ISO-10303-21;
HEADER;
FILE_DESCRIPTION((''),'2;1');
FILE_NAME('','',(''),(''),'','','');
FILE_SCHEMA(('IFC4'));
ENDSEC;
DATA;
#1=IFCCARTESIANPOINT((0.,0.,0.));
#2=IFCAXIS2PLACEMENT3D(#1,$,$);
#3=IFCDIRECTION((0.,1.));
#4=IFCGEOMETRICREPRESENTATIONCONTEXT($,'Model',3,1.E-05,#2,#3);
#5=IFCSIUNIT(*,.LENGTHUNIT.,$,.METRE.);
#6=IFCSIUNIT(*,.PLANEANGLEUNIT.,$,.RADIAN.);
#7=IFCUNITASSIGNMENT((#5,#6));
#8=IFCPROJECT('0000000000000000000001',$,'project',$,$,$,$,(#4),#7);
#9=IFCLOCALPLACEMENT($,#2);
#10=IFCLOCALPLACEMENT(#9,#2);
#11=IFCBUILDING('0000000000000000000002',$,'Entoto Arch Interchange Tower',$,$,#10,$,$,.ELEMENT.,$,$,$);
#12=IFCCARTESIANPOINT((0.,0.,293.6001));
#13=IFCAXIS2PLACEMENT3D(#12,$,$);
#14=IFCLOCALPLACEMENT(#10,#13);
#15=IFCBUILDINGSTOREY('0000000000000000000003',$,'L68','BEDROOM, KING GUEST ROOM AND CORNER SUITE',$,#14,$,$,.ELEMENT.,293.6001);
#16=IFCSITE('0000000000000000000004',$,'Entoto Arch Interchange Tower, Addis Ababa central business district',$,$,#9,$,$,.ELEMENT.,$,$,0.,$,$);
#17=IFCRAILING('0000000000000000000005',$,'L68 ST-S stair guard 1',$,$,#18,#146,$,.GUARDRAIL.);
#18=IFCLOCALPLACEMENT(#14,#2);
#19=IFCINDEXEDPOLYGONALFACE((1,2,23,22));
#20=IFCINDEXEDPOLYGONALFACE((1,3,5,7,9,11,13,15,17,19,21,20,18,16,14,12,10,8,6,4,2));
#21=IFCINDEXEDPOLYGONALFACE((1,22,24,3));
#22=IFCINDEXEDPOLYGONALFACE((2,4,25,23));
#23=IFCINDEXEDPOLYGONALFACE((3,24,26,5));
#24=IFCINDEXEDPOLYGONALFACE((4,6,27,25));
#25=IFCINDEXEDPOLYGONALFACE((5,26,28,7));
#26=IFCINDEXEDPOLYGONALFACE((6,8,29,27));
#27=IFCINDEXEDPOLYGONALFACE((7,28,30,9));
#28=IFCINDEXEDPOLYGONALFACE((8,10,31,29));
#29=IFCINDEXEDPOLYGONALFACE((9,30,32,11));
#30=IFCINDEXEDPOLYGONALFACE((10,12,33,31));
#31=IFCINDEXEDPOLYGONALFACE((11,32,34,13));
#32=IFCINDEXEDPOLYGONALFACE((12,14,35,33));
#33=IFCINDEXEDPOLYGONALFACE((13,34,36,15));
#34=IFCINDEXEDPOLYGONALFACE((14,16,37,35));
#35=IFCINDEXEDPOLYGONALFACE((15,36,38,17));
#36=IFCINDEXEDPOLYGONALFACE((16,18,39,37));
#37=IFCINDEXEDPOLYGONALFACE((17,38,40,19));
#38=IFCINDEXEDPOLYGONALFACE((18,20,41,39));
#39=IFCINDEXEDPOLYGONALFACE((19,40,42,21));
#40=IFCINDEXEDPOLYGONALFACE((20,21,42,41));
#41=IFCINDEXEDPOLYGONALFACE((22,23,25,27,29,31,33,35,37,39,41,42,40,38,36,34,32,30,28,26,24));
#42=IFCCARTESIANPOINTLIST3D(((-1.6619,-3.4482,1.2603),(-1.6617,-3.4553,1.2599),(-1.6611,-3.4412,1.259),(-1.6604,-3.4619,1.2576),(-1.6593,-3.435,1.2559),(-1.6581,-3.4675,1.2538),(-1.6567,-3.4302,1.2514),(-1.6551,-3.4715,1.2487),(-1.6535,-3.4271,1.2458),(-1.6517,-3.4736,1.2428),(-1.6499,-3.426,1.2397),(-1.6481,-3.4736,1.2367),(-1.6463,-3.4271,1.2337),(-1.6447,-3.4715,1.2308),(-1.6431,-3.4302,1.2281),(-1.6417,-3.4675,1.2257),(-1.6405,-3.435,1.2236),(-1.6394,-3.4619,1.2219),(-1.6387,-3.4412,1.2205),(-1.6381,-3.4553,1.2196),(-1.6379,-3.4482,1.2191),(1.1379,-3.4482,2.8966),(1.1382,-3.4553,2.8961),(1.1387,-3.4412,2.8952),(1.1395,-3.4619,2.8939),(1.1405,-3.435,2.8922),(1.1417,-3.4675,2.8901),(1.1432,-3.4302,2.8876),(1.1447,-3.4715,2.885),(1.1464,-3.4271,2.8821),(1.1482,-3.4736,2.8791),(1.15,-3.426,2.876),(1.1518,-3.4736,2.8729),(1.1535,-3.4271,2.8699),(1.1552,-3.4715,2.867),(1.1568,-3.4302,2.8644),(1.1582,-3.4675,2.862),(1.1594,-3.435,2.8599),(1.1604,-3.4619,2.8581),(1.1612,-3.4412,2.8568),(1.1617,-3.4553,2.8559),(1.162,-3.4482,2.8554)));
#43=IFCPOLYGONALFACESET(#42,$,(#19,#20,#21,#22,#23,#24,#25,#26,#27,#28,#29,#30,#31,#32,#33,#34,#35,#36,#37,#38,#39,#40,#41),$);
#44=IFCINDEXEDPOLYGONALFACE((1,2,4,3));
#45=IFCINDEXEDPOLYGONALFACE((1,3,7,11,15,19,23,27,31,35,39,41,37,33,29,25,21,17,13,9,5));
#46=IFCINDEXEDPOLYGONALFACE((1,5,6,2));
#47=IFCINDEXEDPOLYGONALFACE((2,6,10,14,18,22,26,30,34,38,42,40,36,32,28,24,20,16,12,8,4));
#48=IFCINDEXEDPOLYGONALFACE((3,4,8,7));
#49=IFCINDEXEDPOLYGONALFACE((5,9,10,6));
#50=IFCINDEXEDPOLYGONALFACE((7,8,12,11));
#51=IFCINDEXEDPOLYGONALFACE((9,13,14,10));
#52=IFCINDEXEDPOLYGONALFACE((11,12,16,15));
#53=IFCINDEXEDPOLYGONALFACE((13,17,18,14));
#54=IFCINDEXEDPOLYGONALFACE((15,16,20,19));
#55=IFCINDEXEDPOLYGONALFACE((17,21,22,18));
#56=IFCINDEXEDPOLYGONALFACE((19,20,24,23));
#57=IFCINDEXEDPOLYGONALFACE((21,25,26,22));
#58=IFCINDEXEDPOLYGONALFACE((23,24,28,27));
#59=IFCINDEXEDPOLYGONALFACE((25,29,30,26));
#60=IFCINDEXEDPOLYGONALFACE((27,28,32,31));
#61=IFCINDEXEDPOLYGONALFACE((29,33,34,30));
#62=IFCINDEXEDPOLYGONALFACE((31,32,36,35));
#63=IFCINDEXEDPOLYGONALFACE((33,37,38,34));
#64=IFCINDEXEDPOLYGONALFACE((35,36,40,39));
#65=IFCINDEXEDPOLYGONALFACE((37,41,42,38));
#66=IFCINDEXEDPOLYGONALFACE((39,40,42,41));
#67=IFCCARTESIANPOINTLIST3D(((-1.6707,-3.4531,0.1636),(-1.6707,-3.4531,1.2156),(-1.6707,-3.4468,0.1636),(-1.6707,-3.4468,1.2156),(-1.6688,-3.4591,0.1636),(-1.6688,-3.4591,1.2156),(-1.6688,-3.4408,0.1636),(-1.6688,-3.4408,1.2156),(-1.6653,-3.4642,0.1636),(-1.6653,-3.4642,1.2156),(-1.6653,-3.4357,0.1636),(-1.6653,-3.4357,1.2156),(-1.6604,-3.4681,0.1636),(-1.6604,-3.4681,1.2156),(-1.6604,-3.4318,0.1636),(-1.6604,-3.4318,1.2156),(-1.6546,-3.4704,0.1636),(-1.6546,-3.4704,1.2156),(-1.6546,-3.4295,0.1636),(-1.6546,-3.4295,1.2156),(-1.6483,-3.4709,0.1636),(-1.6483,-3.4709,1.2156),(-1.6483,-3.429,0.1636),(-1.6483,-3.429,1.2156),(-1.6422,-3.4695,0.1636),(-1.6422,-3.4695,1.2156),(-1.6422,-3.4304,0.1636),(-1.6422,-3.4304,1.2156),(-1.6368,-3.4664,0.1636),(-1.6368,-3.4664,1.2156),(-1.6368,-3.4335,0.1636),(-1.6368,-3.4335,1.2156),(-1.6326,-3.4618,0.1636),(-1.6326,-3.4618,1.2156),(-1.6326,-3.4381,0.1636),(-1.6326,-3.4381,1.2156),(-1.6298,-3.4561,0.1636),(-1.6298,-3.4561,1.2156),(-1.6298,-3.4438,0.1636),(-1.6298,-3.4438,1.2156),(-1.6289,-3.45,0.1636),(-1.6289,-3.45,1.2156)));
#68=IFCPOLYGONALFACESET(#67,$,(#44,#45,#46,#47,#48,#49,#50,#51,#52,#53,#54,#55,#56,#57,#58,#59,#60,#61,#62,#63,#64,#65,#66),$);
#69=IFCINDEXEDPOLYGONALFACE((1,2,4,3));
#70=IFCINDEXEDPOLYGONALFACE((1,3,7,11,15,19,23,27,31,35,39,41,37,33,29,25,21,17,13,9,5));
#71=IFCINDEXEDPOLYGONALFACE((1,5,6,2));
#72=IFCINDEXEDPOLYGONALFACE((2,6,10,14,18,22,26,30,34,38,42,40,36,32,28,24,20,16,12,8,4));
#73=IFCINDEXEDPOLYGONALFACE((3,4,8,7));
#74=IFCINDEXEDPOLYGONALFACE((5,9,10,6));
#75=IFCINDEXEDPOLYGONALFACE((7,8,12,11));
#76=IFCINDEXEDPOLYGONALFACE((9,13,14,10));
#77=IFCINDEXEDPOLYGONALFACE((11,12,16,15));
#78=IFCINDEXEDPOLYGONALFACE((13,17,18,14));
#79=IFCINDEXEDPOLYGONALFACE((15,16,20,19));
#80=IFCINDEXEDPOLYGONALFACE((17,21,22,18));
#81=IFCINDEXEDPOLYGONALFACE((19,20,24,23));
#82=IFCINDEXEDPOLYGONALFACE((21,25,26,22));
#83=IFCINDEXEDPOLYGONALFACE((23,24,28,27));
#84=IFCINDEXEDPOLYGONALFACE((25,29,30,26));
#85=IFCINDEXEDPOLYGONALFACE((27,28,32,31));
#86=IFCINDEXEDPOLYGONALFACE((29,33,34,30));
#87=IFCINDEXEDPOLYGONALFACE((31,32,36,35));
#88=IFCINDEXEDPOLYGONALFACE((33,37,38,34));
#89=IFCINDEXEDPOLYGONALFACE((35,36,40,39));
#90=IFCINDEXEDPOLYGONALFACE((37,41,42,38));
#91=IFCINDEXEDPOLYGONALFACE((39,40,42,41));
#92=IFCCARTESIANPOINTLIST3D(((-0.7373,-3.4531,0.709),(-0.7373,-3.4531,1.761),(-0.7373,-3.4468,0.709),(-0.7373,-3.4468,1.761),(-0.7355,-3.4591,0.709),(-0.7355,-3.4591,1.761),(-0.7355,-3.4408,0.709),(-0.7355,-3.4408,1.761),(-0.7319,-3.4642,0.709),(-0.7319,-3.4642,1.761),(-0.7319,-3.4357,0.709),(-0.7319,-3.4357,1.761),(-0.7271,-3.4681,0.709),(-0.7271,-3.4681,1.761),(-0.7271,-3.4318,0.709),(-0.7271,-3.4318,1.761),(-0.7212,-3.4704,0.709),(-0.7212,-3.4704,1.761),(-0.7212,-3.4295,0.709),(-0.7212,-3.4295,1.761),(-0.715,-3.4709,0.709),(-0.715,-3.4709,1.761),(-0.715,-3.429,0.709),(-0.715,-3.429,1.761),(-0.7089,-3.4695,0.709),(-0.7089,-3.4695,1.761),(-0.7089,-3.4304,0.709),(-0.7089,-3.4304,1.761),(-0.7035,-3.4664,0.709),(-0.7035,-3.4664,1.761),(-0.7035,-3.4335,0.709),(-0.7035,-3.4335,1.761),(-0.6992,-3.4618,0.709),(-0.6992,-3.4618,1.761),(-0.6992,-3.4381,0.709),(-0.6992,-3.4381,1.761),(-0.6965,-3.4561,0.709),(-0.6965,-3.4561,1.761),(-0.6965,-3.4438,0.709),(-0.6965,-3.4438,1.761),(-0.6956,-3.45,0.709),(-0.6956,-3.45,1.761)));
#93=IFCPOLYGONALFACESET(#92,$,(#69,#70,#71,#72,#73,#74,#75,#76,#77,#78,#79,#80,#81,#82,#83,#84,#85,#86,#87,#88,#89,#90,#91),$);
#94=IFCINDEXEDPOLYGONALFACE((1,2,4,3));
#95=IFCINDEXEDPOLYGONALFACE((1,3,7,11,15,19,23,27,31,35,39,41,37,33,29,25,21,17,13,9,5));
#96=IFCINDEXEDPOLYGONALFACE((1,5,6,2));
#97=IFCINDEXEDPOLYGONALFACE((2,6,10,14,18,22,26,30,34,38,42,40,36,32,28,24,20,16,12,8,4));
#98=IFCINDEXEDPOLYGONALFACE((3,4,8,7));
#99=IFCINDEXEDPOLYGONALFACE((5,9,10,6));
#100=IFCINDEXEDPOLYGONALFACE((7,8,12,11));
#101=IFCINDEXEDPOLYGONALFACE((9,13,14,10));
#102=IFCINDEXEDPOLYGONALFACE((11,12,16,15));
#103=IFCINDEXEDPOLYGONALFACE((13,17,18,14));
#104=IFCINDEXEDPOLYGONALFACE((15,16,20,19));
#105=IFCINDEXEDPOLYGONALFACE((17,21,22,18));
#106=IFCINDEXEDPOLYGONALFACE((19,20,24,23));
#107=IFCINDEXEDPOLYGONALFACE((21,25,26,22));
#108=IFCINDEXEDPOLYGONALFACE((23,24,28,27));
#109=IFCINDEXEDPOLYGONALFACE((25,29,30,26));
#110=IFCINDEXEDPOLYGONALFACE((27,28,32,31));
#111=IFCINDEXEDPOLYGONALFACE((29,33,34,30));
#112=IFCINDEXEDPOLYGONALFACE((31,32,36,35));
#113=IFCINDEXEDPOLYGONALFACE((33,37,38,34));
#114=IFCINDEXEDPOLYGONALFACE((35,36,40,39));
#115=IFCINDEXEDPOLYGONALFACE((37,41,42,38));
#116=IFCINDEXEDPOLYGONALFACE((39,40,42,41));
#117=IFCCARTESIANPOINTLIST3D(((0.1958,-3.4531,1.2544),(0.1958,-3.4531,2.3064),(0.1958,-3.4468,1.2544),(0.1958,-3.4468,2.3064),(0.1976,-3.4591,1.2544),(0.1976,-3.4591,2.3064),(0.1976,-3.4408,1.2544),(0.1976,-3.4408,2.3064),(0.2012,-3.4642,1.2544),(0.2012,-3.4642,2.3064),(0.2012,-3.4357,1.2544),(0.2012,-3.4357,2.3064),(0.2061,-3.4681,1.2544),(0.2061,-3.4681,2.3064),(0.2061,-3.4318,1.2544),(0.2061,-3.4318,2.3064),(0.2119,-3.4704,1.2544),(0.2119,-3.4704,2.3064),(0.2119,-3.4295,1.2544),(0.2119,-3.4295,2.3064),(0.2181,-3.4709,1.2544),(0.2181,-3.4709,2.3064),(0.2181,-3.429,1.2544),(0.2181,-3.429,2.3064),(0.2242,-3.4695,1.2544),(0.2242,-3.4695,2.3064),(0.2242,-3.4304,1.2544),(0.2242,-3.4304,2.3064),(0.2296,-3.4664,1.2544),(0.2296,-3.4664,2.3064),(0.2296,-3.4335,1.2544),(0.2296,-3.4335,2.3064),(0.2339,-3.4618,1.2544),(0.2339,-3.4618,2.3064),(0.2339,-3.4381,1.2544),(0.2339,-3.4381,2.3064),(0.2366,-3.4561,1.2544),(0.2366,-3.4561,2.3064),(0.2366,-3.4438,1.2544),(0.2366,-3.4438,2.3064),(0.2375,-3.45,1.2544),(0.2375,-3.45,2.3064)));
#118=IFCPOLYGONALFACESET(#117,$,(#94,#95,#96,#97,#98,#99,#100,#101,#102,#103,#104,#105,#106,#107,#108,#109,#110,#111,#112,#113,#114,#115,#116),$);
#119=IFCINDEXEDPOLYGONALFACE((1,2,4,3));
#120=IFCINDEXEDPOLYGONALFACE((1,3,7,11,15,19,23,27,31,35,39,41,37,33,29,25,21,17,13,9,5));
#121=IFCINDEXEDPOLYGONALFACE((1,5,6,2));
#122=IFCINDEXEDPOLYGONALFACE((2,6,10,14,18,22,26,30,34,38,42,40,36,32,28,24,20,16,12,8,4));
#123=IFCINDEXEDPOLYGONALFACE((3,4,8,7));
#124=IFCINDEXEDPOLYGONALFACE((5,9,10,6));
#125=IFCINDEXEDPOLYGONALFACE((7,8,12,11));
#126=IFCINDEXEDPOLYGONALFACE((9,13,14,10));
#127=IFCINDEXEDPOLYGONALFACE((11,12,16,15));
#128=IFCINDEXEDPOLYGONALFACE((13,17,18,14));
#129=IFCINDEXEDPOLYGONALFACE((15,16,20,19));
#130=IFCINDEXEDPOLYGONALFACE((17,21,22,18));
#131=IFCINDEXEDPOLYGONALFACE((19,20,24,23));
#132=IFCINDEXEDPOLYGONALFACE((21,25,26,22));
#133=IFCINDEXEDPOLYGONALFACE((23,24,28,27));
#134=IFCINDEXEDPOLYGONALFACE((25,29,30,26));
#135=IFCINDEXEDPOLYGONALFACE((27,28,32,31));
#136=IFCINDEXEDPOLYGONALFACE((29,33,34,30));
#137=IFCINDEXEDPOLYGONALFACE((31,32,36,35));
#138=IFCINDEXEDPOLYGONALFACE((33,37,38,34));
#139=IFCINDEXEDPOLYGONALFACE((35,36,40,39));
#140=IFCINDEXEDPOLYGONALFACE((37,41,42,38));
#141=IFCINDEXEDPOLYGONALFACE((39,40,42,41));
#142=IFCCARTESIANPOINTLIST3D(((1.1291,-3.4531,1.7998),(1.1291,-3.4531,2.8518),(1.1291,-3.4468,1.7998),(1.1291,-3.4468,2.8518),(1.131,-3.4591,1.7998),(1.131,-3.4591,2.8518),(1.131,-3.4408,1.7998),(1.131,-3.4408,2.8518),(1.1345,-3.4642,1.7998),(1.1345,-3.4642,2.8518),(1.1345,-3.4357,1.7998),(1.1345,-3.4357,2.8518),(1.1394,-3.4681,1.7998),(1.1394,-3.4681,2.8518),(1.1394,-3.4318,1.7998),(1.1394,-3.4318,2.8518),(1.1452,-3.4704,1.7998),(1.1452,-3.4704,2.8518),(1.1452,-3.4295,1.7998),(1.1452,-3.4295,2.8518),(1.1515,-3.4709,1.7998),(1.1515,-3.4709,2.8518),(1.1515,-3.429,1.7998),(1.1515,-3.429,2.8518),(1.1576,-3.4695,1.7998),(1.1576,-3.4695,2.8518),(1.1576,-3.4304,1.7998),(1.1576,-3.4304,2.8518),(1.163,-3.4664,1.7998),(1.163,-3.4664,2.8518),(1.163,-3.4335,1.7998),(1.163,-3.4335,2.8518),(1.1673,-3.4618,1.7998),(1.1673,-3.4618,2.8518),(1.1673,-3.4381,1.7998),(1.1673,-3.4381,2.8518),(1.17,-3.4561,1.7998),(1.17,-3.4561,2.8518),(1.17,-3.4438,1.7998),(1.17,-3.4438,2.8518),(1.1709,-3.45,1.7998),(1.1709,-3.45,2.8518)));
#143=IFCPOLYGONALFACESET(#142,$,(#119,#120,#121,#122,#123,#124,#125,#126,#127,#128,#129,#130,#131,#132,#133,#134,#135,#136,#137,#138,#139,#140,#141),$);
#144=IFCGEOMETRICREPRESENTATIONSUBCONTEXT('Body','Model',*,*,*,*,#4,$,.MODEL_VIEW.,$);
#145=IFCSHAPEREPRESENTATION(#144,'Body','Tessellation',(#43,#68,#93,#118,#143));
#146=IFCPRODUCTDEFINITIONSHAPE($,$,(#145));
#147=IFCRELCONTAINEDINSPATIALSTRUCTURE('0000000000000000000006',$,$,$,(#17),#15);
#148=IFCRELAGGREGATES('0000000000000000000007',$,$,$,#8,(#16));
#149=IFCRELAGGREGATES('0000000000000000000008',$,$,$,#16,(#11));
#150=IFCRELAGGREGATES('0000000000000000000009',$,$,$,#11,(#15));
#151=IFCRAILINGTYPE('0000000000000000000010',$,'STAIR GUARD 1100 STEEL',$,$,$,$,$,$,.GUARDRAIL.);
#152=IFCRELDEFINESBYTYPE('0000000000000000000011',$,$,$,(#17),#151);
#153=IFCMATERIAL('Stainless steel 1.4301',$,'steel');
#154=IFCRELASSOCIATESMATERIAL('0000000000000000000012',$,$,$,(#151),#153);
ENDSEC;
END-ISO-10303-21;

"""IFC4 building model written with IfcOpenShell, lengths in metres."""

from ifc_helpers import new_model, si_unit, direction, frame, origin, origin_2d, place, context, subcontext, project, spatial, circle, extrude, material, type_object, element, save


model = new_model("IFC4")

# Units and contexts
model_context = context("Model", 3, precision=1e-05, world=origin(), true_north=direction((0.0, 1.0)))
body_context = subcontext(model_context, "Body", "Model", "MODEL_VIEW")
ifc_project = project(units=[si_unit("LENGTHUNIT", "METRE"), si_unit("PLANEANGLEUNIT", "RADIAN")], contexts=[model_context])

# Site, building, storey
site_placement = place(None, origin())
site = spatial("IfcSite", under=ifc_project, at=site_placement, Name="Entoto Arch Interchange Tower, Addis Ababa central business district", CompositionType="ELEMENT", RefElevation=0.0)
building_placement = place(site_placement, origin())
building = spatial("IfcBuilding", under=site, at=building_placement, Name="Entoto Arch Interchange Tower", CompositionType="ELEMENT")
storey_placement = place(building_placement, frame((0.0, 0.0, 293.6001)))
storey = spatial("IfcBuildingStorey", under=building, at=storey_placement, Name="L68", Description="BEDROOM, KING GUEST ROOM AND CORNER SUITE", CompositionType="ELEMENT", Elevation=293.6001)

# Railing
ifc_material_1 = material(Name="Stainless steel 1.4301", Category="steel")
railing_type_1 = type_object("IfcRailingType", Name="STAIR GUARD 1100 STEEL", PredefinedType="GUARDRAIL", material=ifc_material_1)
railing_1_placement = place(storey_placement, frame((-1.6499, -3.45, 0.1636)))
element("IfcRailing", 1, at=railing_1_placement, inside=storey, type_object=railing_type_1, Name="L68 ST-S stair guard 1", PredefinedType="GUARDRAIL", context=body_context, shape_type="SweptSolid", body=[
    extrude(circle(Radius=0.0239, at=origin_2d()), frame((0.0, 0.0, 1.0762), z_axis=(0.863374, 0.0, 0.504564), x_axis=(0.0, 1.0, 0.0)), (0.0, 0.0, 1.0), 3.2429),
    extrude(circle(Radius=0.021, at=origin_2d()), origin(), (0.0, 0.0, 1.0), 1.052),
    extrude(circle(Radius=0.021, at=origin_2d()), frame((0.9333, 0.0, 0.5454)), (0.0, 0.0, 1.0), 1.052),
    extrude(circle(Radius=0.021, at=origin_2d()), frame((1.8665, 0.0, 1.0908)), (0.0, 0.0, 1.0), 1.052),
    extrude(circle(Radius=0.021, at=origin_2d()), frame((2.7998, 0.0, 1.6362)), (0.0, 0.0, 1.0), 1.052),
])

save(model, "model.ifc")
